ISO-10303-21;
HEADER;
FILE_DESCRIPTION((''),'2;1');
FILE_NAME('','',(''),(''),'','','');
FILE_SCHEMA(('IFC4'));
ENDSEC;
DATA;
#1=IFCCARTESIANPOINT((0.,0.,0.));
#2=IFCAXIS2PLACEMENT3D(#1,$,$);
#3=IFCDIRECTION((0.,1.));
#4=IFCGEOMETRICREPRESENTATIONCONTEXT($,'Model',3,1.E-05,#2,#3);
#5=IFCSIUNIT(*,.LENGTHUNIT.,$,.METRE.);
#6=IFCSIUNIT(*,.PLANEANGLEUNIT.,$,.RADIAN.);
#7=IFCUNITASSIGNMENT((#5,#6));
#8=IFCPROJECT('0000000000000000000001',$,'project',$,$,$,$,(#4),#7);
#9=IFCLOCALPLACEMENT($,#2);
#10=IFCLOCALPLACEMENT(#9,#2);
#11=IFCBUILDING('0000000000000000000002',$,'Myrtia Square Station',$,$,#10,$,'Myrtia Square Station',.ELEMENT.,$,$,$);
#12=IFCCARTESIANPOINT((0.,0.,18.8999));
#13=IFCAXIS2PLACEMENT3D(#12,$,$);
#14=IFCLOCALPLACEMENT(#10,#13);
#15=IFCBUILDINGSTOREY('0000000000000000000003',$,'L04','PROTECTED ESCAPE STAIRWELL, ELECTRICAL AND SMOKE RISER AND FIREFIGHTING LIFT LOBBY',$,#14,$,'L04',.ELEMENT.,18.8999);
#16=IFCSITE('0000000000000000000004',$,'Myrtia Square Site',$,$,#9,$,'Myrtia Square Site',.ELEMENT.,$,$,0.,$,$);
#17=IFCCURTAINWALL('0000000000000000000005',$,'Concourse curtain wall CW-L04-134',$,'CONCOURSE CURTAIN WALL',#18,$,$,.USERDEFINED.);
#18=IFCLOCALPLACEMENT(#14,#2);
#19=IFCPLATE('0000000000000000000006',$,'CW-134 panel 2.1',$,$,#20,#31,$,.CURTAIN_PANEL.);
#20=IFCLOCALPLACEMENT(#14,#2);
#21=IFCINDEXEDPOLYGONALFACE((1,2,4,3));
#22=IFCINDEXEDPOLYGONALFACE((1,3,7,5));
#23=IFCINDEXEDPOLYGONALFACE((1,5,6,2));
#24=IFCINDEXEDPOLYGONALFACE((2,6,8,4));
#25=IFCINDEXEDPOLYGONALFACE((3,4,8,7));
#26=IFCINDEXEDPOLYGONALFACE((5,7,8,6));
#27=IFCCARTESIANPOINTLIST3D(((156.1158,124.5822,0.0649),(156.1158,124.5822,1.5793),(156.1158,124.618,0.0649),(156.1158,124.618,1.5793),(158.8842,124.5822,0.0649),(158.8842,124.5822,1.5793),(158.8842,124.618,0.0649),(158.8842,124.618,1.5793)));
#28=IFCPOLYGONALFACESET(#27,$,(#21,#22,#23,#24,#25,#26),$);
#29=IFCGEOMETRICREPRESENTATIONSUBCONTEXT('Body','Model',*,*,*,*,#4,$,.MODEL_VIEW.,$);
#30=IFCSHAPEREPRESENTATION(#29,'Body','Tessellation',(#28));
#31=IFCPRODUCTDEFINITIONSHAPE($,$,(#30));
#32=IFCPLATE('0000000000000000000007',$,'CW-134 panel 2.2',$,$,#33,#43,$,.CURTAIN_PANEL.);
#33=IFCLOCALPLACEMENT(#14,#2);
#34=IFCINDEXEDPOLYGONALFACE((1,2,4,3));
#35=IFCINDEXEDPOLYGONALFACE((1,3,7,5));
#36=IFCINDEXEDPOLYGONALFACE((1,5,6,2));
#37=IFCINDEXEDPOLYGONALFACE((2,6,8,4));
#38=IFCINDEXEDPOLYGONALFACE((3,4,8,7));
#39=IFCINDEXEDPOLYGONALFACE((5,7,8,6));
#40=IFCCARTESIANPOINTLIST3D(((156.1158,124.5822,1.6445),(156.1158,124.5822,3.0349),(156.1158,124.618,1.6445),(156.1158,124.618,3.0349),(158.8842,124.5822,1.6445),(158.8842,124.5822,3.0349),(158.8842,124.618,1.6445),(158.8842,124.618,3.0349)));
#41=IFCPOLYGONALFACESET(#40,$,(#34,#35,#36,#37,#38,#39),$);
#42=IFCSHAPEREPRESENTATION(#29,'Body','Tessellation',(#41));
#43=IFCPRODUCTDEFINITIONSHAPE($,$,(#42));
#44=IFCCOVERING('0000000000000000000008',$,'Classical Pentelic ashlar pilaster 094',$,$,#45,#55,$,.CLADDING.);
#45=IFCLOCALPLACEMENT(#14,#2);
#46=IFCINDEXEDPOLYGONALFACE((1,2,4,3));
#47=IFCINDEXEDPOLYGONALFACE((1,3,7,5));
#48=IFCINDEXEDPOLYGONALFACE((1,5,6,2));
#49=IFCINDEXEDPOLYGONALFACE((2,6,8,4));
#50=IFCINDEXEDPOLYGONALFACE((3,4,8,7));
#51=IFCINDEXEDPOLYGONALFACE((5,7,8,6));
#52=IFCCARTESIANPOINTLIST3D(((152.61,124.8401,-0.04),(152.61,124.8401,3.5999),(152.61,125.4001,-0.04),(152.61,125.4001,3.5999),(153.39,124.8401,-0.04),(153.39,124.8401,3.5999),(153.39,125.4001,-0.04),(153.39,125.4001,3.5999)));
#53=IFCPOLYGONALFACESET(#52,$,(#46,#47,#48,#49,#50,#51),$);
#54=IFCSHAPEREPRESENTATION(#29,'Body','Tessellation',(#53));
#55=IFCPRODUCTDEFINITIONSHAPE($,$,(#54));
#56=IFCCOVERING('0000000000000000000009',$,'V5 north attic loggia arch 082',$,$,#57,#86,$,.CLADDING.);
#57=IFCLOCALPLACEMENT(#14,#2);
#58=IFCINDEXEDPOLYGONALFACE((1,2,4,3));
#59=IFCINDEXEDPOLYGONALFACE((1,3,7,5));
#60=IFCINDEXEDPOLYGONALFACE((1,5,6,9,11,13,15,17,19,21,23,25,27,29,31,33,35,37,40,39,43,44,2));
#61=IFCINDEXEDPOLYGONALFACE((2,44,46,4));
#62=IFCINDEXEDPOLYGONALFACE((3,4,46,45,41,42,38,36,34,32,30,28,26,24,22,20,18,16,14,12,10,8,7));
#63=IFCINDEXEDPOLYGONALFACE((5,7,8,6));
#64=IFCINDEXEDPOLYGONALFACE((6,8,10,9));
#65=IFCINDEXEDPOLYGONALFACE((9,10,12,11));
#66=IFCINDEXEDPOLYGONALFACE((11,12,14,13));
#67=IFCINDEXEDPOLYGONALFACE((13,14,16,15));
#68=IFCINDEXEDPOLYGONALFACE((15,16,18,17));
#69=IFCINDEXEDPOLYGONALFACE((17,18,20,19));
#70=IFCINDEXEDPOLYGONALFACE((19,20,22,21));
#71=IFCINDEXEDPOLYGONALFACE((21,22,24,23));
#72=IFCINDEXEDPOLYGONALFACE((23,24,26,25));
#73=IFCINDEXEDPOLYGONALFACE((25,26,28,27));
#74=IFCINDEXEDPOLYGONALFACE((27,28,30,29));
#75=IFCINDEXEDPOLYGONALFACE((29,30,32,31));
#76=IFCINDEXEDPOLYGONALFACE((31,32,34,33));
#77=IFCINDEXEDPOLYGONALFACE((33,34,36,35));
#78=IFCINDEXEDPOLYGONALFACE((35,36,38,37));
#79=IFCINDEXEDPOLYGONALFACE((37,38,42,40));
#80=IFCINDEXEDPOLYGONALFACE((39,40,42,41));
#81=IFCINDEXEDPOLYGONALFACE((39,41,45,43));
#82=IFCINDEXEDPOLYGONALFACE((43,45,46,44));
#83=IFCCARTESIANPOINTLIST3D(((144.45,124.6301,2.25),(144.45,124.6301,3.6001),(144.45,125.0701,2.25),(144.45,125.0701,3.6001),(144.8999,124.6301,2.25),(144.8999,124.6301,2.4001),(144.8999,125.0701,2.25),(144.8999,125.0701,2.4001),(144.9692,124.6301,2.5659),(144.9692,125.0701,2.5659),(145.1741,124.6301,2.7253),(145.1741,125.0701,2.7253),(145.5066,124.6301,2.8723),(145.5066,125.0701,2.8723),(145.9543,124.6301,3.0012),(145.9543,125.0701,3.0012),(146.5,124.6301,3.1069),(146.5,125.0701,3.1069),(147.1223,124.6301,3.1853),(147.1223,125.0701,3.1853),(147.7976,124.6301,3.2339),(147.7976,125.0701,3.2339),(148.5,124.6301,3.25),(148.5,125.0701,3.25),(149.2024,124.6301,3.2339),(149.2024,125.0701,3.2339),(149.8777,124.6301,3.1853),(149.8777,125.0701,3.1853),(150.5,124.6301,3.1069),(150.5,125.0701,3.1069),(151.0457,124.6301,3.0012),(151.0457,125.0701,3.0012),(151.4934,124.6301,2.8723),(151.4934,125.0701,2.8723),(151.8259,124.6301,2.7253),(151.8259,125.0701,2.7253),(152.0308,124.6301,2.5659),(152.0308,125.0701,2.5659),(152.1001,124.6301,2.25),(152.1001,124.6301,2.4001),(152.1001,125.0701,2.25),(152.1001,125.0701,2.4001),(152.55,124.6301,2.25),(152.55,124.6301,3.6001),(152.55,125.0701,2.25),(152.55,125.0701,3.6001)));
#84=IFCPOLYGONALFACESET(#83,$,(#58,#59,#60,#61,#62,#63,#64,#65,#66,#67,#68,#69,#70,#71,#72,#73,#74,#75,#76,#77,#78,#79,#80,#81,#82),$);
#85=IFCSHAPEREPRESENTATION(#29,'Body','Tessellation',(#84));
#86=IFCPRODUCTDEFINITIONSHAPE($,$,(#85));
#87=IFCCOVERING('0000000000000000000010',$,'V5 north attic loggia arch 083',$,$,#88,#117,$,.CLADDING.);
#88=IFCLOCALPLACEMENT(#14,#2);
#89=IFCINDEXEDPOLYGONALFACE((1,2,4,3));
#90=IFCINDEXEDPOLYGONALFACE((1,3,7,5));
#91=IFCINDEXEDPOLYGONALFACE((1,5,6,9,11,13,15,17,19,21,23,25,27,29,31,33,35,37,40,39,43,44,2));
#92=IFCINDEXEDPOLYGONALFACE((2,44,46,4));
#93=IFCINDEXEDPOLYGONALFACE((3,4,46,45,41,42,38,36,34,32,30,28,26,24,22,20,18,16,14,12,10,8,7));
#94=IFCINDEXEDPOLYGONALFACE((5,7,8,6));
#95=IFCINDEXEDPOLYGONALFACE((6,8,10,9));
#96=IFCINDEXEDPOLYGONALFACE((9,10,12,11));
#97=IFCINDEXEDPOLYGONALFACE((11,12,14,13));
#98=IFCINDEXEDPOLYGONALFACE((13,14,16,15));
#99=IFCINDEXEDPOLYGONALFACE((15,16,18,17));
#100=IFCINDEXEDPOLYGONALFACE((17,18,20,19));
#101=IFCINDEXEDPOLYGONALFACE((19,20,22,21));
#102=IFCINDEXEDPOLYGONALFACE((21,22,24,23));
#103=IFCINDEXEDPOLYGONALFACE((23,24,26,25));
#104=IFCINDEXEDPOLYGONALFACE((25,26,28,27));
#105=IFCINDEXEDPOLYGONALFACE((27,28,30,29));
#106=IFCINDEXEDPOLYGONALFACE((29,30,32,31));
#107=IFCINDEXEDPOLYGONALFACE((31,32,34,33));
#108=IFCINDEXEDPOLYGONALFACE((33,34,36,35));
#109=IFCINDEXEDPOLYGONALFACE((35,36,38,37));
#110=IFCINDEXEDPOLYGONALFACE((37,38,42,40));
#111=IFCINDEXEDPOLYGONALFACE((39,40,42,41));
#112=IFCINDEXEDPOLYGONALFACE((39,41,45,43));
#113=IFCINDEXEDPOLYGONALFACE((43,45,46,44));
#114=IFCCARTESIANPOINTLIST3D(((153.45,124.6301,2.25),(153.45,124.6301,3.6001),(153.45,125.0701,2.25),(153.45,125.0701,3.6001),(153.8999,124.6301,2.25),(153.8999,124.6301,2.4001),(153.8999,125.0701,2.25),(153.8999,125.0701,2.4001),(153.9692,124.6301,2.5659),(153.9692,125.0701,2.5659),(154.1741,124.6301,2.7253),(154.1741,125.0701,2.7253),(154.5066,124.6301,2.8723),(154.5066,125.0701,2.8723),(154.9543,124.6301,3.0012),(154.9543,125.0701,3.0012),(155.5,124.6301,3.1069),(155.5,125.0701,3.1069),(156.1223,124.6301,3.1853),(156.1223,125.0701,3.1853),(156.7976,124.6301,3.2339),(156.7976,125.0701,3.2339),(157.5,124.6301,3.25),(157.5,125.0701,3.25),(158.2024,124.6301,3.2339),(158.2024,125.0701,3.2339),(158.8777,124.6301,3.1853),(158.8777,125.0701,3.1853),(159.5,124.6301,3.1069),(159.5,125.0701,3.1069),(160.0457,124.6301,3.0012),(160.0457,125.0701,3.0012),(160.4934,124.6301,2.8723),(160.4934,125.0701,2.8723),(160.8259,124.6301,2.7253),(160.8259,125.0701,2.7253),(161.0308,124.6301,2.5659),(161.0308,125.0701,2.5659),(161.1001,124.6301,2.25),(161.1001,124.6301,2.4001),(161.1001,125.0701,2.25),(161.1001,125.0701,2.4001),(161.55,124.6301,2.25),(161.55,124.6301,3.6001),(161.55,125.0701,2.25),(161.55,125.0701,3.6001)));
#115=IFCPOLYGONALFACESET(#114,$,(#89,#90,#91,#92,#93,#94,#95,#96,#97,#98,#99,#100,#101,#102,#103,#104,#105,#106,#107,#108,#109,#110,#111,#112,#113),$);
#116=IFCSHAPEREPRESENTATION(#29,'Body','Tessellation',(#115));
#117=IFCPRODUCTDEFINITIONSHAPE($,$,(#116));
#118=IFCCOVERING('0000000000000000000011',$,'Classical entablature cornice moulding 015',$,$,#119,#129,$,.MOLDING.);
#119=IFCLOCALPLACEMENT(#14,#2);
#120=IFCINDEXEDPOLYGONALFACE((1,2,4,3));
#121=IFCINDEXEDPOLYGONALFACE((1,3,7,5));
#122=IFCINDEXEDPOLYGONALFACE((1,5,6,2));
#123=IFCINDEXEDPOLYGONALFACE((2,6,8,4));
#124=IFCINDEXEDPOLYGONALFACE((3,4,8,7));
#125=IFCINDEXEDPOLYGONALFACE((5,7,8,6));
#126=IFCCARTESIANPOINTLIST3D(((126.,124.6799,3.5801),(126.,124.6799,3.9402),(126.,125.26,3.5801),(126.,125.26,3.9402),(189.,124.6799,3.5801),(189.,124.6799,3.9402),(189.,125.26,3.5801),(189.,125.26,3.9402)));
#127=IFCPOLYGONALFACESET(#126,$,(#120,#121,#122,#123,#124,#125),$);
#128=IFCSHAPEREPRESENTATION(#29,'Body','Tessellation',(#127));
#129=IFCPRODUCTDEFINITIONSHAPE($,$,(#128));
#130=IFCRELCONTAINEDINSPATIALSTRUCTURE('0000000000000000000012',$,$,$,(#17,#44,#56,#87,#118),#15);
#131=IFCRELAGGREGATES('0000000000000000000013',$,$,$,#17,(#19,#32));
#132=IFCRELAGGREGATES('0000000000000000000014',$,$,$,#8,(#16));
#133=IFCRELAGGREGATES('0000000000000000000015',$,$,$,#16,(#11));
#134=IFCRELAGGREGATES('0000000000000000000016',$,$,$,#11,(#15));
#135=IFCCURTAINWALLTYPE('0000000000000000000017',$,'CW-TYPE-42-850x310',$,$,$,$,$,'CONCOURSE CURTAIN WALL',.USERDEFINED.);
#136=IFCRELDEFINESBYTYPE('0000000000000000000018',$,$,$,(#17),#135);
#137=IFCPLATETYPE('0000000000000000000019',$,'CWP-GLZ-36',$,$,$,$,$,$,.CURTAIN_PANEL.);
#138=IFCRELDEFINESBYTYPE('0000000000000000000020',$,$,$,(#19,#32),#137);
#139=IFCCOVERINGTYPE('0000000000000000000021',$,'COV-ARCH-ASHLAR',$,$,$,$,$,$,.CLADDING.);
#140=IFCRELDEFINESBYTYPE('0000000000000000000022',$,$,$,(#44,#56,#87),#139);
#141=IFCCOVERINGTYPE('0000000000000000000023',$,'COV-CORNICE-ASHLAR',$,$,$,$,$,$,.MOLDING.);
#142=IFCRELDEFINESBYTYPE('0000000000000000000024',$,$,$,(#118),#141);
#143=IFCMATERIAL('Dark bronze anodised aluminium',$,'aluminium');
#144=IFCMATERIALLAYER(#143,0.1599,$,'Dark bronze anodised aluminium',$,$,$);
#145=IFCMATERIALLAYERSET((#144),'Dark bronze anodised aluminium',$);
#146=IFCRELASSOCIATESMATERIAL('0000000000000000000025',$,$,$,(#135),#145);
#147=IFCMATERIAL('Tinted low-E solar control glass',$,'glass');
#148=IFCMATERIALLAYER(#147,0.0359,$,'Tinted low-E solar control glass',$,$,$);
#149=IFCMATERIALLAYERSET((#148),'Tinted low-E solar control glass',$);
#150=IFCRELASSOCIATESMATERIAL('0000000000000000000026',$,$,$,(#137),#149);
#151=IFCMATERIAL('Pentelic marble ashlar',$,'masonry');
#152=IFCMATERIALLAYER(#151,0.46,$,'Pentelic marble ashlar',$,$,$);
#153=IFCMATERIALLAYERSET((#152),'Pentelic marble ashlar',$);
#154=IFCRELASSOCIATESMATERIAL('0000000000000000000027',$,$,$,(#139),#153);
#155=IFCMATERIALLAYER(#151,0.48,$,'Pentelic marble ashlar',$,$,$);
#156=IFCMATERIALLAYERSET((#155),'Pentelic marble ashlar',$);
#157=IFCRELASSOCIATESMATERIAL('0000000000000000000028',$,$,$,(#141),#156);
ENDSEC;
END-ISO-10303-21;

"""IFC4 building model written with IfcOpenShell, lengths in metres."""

from ifc_helpers import new_model, si_unit, direction, frame, origin, origin_2d, place, context, subcontext, project, spatial, polyline, rectangle, outline, extrude, material, layer, layer_set, type_object, element, aggregate, save


model = new_model("IFC4")

# Units and contexts
model_context = context("Model", 3, precision=1e-05, world=origin(), true_north=direction((0.0, 1.0)))
body_context = subcontext(model_context, "Body", "Model", "MODEL_VIEW")
ifc_project = project(units=[si_unit("LENGTHUNIT", "METRE"), si_unit("PLANEANGLEUNIT", "RADIAN")], contexts=[model_context])

# Site, building, storey
site_placement = place(None, origin())
site = spatial("IfcSite", under=ifc_project, at=site_placement, Name="Myrtia Square Site", LongName="Myrtia Square Site", CompositionType="ELEMENT", RefElevation=0.0)
building_placement = place(site_placement, origin())
building = spatial("IfcBuilding", under=site, at=building_placement, Name="Myrtia Square Station", LongName="Myrtia Square Station", CompositionType="ELEMENT")
storey_placement = place(building_placement, frame((0.0, 0.0, 18.8999)))
storey = spatial("IfcBuildingStorey", under=building, at=storey_placement, Name="L04", Description="PROTECTED ESCAPE STAIRWELL, ELECTRICAL AND SMOKE RISER AND FIREFIGHTING LIFT LOBBY", LongName="L04", CompositionType="ELEMENT", Elevation=18.8999)

# Curtain wall
ifc_material_1 = material(Name="Dark bronze anodised aluminium", Category="aluminium")
ifc_layer_1 = layer(ifc_material_1, 0.1599, Name="Dark bronze anodised aluminium")
ifc_layer_set_1 = layer_set([ifc_layer_1], Name="Dark bronze anodised aluminium")
curtain_wall_type = type_object("IfcCurtainWallType", Name="CW-TYPE-42-850x310", ElementType="CONCOURSE CURTAIN WALL", PredefinedType="USERDEFINED", material=ifc_layer_set_1)
curtain_wall_1_placement = place(storey_placement, origin())
curtain_wall_1 = element("IfcCurtainWall", 1, at=curtain_wall_1_placement, inside=storey, type_object=curtain_wall_type, Name="Concourse curtain wall CW-L04-134", ObjectType="CONCOURSE CURTAIN WALL", PredefinedType="USERDEFINED")

# Plates
ifc_material_2 = material(Name="Tinted low-E solar control glass", Category="glass")
ifc_layer_2 = layer(ifc_material_2, 0.0359, Name="Tinted low-E solar control glass")
ifc_layer_set_2 = layer_set([ifc_layer_2], Name="Tinted low-E solar control glass")
plate_type = type_object("IfcPlateType", Name="CWP-GLZ-36", PredefinedType="CURTAIN_PANEL", material=ifc_layer_set_2)
plate_1_placement = place(storey_placement, frame((157.5, 124.6001, 0.0649), z_axis=(0.0, 0.0, 1.0), x_axis=(1.0, 0.0, 0.0)))
plate_1 = element("IfcPlate", 2, at=plate_1_placement, type_object=plate_type, Name="CW-134 panel 2.1", PredefinedType="CURTAIN_PANEL", context=body_context, shape_type="SweptSolid", body=[
    extrude(rectangle(XDim=2.7683, YDim=0.0359, at=origin_2d()), origin(), (0.0, 0.0, 1.0), 1.5144),
])
plate_2_placement = place(storey_placement, frame((157.5, 124.6001, 1.6445), z_axis=(0.0, 0.0, 1.0), x_axis=(1.0, 0.0, 0.0)))
plate_2 = element("IfcPlate", 3, at=plate_2_placement, type_object=plate_type, Name="CW-134 panel 2.2", PredefinedType="CURTAIN_PANEL", context=body_context, shape_type="SweptSolid", body=[
    extrude(rectangle(XDim=2.7683, YDim=0.0359, at=origin_2d()), origin(), (0.0, 0.0, 1.0), 1.3904),
])
aggregate(curtain_wall_1, [plate_1, plate_2])

# Coverings
ifc_material_3 = material(Name="Pentelic marble ashlar", Category="masonry")
ifc_layer_3 = layer(ifc_material_3, 0.46, Name="Pentelic marble ashlar")
ifc_layer_set_3 = layer_set([ifc_layer_3], Name="Pentelic marble ashlar")
covering_type_1 = type_object("IfcCoveringType", Name="COV-ARCH-ASHLAR", PredefinedType="CLADDING", material=ifc_layer_set_3)
covering_1_placement = place(storey_placement, frame((153.0, 125.1201, -0.04), z_axis=(0.0, 0.0, 1.0), x_axis=(1.0, 0.0, 0.0)))
element("IfcCovering", 4, at=covering_1_placement, inside=storey, type_object=covering_type_1, Name="Classical Pentelic ashlar pilaster 094", PredefinedType="CLADDING", context=body_context, shape_type="SweptSolid", body=[
    extrude(rectangle(XDim=0.78, YDim=0.5601, at=origin_2d()), origin(), (0.0, 0.0, 1.0), 3.6399),
])
for number, where, z_axis, x_axis, name in (
    (5, (144.45, 124.8501, 2.25), (0.0, 0.0, 1.0), (1.0, 0.0, 0.0), "V5 north attic loggia arch 082"),
    (6, (153.45, 124.8501, 2.25), (0.0, 0.0, 1.0), (1.0, 0.0, 0.0), "V5 north attic loggia arch 083"),
):
    element("IfcCovering", number, at=place(storey_placement, frame(where, z_axis=z_axis, x_axis=x_axis)), inside=storey, type_object=covering_type_1, Name=name, PredefinedType="CLADDING", context=body_context, shape_type="SweptSolid", body=[
        extrude(outline(polyline([(0.0, 0.0), (0.45, 0.0), (0.45, 0.1501), (0.5193, 0.3159), (0.7241, 0.4753), (1.0566, 0.6223), (1.5044, 0.7512), (2.05, 0.8569), (2.6724, 0.9353), (3.3477, 0.9839), (4.05, 1.0), (4.7524, 0.9839), (5.4277, 0.9353), (6.05, 0.8569), (6.5957, 0.7512), (7.0435, 0.6223), (7.376, 0.4753), (7.5808, 0.3159), (7.6501, 0.1501), (7.6501, 0.0), (8.1001, 0.0), (8.1001, 1.3501), (0.0, 1.3501), (0.0, 0.0)])), frame((0.0, 0.22, 0.0), z_axis=(0.0, -1.0, 0.0), x_axis=(1.0, 0.0, 0.0)), (0.0, 0.0, 1.0), 0.4399),
    ])
ifc_layer_4 = layer(ifc_material_3, 0.48, Name="Pentelic marble ashlar")
ifc_layer_set_4 = layer_set([ifc_layer_4], Name="Pentelic marble ashlar")
covering_type_2 = type_object("IfcCoveringType", Name="COV-CORNICE-ASHLAR", PredefinedType="MOLDING", material=ifc_layer_set_4)
covering_2_placement = place(storey_placement, frame((157.5, 124.97, 3.5801), z_axis=(0.0, 0.0, 1.0), x_axis=(1.0, 0.0, 0.0)))
element("IfcCovering", 7, at=covering_2_placement, inside=storey, type_object=covering_type_2, Name="Classical entablature cornice moulding 015", PredefinedType="MOLDING", context=body_context, shape_type="SweptSolid", body=[
    extrude(rectangle(XDim=63.0, YDim=0.5801, at=origin_2d()), origin(), (0.0, 0.0, 1.0), 0.3601),
])

save(model, "model.ifc")
